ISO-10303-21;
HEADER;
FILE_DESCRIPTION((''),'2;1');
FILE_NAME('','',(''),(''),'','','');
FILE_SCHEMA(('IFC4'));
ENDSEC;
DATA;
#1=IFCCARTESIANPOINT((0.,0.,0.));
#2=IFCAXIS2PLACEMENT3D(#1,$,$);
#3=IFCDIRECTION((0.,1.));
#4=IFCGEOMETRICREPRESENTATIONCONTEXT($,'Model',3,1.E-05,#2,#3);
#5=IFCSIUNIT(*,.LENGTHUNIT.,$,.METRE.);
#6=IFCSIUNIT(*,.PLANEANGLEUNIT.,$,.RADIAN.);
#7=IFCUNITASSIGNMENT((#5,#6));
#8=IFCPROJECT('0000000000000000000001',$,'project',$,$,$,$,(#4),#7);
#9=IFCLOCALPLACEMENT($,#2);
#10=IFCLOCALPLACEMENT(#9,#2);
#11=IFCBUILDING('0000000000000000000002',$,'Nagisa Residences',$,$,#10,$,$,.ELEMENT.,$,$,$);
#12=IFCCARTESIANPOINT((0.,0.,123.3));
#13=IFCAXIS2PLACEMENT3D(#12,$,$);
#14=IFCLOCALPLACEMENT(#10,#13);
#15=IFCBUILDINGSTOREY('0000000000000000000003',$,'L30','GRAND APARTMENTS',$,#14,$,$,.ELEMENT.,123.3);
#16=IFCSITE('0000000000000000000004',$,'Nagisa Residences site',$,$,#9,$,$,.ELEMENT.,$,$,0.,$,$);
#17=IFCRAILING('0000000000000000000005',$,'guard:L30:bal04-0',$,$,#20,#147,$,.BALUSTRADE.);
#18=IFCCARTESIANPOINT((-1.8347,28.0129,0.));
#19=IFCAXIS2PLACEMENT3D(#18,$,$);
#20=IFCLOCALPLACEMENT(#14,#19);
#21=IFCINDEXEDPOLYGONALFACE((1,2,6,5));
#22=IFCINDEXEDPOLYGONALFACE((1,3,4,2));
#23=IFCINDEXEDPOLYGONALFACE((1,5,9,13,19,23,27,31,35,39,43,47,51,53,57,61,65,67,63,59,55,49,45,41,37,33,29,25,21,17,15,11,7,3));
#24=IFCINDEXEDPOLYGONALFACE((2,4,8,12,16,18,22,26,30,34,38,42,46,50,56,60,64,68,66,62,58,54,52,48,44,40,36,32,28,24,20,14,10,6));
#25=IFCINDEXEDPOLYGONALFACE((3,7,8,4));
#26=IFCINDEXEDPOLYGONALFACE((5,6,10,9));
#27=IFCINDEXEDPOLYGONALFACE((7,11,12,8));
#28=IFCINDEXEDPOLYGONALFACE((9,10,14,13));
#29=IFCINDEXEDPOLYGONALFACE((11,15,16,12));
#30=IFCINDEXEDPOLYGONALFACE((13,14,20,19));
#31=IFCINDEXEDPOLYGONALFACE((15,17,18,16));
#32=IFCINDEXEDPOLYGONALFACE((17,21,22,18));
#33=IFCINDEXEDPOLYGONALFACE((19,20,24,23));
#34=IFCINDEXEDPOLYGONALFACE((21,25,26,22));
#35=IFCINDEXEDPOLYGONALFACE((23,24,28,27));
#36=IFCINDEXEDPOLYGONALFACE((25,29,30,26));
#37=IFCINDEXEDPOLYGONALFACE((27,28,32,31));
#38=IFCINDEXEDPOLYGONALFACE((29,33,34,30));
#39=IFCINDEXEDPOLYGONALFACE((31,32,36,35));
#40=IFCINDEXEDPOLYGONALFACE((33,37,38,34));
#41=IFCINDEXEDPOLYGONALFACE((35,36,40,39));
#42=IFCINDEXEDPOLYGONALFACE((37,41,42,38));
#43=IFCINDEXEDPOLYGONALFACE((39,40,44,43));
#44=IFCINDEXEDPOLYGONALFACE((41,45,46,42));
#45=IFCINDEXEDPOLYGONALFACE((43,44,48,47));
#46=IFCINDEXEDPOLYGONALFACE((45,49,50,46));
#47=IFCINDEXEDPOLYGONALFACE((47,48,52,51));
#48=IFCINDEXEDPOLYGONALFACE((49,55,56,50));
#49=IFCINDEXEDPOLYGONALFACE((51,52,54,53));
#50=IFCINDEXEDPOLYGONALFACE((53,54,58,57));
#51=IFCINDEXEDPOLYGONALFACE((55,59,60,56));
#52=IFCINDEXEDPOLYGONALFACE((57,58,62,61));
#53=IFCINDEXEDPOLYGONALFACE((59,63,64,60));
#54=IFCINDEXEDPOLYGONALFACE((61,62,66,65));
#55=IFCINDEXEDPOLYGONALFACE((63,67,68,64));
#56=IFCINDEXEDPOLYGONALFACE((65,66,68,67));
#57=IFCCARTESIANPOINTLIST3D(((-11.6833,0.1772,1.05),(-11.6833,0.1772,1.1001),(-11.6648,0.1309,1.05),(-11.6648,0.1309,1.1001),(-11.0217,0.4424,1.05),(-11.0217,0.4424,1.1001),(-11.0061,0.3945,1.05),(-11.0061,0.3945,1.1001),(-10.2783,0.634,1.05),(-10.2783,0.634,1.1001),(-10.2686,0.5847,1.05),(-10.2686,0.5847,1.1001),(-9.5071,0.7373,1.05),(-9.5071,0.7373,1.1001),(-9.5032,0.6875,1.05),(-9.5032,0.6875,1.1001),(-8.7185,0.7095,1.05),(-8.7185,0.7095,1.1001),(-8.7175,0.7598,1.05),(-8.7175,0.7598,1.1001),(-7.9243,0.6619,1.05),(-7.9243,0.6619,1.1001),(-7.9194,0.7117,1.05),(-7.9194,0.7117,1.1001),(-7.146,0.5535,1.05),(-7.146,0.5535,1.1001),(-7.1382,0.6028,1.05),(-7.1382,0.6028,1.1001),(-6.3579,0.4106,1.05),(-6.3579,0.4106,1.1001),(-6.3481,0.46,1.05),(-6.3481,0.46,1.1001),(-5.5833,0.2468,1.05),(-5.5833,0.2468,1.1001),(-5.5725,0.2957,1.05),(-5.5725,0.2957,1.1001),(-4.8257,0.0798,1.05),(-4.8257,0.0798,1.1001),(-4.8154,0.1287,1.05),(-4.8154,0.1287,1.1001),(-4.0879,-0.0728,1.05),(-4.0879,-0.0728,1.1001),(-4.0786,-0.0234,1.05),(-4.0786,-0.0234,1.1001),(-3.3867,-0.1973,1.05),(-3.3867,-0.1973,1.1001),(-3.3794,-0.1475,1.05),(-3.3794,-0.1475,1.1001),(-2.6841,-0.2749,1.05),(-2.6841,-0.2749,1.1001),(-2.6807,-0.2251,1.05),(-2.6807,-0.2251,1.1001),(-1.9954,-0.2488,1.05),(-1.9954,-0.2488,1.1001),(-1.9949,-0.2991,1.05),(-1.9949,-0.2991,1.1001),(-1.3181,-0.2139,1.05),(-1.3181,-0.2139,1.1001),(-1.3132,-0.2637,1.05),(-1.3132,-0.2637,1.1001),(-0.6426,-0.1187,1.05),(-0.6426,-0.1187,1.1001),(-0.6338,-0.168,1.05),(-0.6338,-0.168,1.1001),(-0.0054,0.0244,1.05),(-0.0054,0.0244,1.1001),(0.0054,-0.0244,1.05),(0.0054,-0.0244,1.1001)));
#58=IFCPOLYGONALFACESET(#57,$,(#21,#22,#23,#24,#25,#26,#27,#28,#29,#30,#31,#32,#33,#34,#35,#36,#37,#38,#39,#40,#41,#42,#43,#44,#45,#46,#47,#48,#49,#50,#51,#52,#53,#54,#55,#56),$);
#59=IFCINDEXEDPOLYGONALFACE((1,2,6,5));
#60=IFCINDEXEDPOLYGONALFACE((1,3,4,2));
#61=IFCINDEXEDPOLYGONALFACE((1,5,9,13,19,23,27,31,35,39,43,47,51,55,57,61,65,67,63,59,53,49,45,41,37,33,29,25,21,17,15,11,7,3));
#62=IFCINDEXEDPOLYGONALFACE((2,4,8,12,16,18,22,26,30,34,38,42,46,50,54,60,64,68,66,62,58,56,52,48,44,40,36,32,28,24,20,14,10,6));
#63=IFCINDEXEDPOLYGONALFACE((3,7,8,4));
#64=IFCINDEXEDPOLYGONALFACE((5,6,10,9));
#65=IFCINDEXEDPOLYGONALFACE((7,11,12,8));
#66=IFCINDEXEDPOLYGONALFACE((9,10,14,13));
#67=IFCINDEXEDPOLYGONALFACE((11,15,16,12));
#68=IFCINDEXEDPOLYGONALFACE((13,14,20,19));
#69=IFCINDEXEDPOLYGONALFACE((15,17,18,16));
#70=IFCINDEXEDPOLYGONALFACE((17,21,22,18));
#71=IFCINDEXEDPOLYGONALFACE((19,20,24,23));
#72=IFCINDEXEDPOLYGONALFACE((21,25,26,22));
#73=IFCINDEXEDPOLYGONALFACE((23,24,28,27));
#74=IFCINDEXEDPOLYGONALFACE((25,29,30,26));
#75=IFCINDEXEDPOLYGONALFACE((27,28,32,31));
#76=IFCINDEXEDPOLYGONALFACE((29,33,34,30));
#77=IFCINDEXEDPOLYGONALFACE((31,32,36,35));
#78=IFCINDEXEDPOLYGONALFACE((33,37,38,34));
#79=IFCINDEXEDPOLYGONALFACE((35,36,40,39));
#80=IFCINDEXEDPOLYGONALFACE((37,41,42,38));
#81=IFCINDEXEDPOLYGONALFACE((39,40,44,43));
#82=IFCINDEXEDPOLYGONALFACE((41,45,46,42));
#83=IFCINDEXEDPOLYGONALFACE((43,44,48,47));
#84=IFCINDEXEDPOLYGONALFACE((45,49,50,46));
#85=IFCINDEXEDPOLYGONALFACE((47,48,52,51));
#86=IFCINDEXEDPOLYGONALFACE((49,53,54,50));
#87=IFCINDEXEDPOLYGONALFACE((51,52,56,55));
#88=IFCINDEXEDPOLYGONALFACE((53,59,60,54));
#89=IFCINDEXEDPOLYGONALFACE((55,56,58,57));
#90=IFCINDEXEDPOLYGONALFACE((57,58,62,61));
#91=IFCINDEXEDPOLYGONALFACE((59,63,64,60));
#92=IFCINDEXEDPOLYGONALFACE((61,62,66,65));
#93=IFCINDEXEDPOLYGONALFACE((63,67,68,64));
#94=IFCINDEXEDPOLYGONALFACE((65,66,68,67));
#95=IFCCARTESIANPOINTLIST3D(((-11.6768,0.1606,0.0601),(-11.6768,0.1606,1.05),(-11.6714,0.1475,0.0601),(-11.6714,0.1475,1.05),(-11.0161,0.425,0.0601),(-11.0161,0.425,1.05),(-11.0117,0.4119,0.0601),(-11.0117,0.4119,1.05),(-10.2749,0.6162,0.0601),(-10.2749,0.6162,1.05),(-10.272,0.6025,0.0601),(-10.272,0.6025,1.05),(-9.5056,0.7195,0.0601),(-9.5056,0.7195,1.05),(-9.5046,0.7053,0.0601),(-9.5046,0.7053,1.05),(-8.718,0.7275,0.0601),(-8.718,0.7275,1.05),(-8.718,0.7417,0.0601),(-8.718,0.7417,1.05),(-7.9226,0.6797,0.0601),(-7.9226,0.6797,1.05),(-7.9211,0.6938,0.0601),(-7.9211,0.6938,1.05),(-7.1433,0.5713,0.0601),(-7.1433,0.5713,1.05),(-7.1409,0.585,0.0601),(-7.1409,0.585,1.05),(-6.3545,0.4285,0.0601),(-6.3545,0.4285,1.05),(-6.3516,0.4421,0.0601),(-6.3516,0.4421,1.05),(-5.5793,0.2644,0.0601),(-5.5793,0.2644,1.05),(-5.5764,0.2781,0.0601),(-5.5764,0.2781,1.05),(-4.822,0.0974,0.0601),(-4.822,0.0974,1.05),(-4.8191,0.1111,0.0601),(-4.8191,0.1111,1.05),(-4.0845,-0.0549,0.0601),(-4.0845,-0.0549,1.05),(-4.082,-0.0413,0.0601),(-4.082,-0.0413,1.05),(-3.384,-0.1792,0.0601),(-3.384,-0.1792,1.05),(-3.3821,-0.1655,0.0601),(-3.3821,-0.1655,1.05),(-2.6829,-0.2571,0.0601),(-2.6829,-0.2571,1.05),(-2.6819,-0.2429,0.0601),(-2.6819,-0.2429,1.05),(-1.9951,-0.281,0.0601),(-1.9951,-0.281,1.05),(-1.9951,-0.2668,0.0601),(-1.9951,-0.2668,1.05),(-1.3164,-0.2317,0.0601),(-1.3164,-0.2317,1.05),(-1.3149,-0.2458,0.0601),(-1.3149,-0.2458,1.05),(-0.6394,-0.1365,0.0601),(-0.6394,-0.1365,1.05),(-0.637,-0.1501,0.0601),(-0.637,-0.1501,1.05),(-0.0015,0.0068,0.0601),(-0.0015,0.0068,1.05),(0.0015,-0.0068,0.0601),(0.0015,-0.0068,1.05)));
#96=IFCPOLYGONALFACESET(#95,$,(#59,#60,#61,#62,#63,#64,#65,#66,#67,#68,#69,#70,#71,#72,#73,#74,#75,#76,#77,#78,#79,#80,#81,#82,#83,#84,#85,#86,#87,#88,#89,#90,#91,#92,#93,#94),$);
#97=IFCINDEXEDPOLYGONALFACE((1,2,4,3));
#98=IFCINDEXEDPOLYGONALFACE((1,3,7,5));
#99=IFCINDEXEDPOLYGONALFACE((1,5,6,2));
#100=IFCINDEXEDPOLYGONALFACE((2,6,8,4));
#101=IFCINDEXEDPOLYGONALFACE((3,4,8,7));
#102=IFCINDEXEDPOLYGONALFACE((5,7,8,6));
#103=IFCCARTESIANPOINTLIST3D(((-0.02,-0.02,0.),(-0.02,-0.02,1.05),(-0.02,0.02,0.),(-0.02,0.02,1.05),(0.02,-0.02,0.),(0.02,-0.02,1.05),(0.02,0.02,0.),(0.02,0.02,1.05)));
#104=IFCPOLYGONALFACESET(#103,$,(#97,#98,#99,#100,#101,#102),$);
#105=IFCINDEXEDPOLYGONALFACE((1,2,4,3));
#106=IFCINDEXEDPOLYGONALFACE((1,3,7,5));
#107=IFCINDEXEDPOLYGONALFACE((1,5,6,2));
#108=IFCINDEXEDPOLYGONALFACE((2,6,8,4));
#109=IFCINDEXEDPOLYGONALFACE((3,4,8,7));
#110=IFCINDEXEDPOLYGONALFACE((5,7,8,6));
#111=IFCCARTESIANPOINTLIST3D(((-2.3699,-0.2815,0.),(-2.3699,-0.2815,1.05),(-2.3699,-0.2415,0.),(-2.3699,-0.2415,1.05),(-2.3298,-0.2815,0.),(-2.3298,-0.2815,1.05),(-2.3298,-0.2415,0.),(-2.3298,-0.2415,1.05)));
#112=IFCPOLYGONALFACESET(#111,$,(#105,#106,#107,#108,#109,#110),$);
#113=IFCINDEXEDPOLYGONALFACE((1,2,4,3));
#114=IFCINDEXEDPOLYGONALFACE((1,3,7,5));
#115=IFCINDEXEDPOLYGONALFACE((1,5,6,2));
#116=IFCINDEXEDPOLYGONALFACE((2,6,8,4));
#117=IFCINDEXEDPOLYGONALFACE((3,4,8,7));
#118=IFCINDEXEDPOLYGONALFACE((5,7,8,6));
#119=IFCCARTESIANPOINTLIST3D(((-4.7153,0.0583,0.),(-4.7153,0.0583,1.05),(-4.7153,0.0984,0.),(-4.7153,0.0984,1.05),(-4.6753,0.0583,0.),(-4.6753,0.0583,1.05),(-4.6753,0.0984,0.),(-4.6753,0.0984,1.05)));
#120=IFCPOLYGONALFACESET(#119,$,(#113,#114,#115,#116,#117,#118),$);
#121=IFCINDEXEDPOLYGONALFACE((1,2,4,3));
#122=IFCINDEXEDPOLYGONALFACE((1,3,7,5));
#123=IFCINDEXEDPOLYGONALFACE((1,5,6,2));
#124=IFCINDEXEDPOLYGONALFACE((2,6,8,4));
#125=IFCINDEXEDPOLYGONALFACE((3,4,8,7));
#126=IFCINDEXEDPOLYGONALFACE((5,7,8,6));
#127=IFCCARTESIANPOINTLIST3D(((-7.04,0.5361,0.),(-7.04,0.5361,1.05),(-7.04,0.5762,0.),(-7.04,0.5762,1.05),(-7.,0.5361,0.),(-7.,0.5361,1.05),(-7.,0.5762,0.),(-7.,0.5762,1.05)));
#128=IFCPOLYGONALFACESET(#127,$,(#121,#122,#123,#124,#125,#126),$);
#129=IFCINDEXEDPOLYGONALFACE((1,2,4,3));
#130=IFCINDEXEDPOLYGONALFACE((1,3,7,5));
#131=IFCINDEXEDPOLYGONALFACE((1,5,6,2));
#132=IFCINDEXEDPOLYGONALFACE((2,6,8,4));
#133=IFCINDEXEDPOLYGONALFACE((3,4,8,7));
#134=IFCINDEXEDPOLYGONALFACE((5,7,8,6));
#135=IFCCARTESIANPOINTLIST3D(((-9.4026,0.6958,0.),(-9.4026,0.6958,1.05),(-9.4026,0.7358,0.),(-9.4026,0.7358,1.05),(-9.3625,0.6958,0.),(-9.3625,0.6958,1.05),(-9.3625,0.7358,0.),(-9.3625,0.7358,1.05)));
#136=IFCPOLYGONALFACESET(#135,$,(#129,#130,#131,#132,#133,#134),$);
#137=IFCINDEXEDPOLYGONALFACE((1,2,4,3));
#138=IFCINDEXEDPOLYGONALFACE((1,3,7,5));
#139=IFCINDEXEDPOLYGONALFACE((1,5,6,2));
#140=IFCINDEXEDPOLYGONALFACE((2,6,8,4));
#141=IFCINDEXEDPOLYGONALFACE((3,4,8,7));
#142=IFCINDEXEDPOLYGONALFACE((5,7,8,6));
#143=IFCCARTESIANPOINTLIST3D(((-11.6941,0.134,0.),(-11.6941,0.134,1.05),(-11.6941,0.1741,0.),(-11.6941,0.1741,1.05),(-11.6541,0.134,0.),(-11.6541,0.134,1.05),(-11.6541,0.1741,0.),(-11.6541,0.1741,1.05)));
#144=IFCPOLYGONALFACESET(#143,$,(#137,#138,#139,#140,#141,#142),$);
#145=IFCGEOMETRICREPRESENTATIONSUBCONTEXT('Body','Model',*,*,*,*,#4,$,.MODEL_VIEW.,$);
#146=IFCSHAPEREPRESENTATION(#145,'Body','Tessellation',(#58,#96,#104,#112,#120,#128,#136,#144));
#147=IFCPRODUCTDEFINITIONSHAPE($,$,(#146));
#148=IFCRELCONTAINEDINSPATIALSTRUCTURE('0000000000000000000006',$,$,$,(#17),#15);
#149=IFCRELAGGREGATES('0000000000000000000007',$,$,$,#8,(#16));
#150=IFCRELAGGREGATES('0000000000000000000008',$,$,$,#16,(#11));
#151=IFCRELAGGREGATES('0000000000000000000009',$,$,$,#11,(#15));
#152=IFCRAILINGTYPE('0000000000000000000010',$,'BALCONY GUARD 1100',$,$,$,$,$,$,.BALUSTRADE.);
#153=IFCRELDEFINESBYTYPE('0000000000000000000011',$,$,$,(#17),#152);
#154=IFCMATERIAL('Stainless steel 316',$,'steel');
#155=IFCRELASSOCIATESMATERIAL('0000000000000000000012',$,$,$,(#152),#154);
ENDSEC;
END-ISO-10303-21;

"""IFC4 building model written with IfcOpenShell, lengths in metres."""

from ifc_helpers import new_model, si_unit, direction, frame, origin, origin_2d, place, context, subcontext, project, spatial, polyline, rectangle, outline, extrude, material, type_object, element, save


model = new_model("IFC4")

# Units and contexts
model_context = context("Model", 3, precision=1e-05, world=origin(), true_north=direction((0.0, 1.0)))
body_context = subcontext(model_context, "Body", "Model", "MODEL_VIEW")
ifc_project = project(units=[si_unit("LENGTHUNIT", "METRE"), si_unit("PLANEANGLEUNIT", "RADIAN")], contexts=[model_context])

# Site, building, storey
site_placement = place(None, origin())
site = spatial("IfcSite", under=ifc_project, at=site_placement, Name="Nagisa Residences site", CompositionType="ELEMENT", RefElevation=0.0)
building_placement = place(site_placement, origin())
building = spatial("IfcBuilding", under=site, at=building_placement, Name="Nagisa Residences", CompositionType="ELEMENT")
storey_placement = place(building_placement, frame((0.0, 0.0, 123.3)))
storey = spatial("IfcBuildingStorey", under=building, at=storey_placement, Name="L30", Description="GRAND APARTMENTS", CompositionType="ELEMENT", Elevation=123.3)

# Railing
ifc_material_1 = material(Name="Stainless steel 316", Category="steel")
railing_type = type_object("IfcRailingType", Name="BALCONY GUARD 1100", PredefinedType="BALUSTRADE", material=ifc_material_1)
railing_placement = place(storey_placement, frame((-1.8347, 28.0129, 0.0)))
element("IfcRailing", 1, at=railing_placement, inside=storey, type_object=railing_type, Name="guard:L30:bal04-0", PredefinedType="BALUSTRADE", context=body_context, shape_type="SweptSolid", body=[
    extrude(outline(polyline([(-0.6338, -0.168), (0.0054, -0.0244), (-0.0054, 0.0244), (-0.6426, -0.1187), (-1.3181, -0.2139), (-1.9954, -0.2488), (-2.6807, -0.2251), (-3.3794, -0.1475), (-4.0786, -0.0234), (-4.8154, 0.1287), (-5.5725, 0.2957), (-6.3481, 0.46), (-7.1382, 0.6028), (-7.9194, 0.7117), (-8.7175, 0.7598), (-9.5071, 0.7373), (-10.2783, 0.634), (-11.0217, 0.4424), (-11.6833, 0.1772), (-11.6648, 0.1309), (-11.0061, 0.3945), (-10.2686, 0.5847), (-9.5032, 0.6875), (-8.7185, 0.7095), (-7.9243, 0.6619), (-7.146, 0.5535), (-6.3579, 0.4106), (-5.5833, 0.2468), (-4.8257, 0.0798), (-4.0879, -0.0728), (-3.3867, -0.1973), (-2.6841, -0.2749), (-1.9949, -0.2991), (-1.3132, -0.2637), (-0.6338, -0.168)])), frame((0.0, 0.0, 1.05)), (0.0, 0.0, 1.0), 0.05),
    extrude(outline(polyline([(-0.637, -0.1501), (0.0015, -0.0068), (-0.0015, 0.0068), (-0.6394, -0.1365), (-1.3164, -0.2317), (-1.9951, -0.2668), (-2.6819, -0.2429), (-3.3821, -0.1655), (-4.082, -0.0413), (-4.8191, 0.1111), (-5.5764, 0.2781), (-6.3516, 0.4421), (-7.1409, 0.585), (-7.9211, 0.6938), (-8.718, 0.7417), (-9.5056, 0.7195), (-10.2749, 0.6162), (-11.0161, 0.425), (-11.6768, 0.1606), (-11.6714, 0.1475), (-11.0117, 0.4119), (-10.272, 0.6025), (-9.5046, 0.7053), (-8.718, 0.7275), (-7.9226, 0.6797), (-7.1433, 0.5713), (-6.3545, 0.4285), (-5.5793, 0.2644), (-4.822, 0.0974), (-4.0845, -0.0549), (-3.384, -0.1792), (-2.6829, -0.2571), (-1.9951, -0.281), (-1.3149, -0.2458), (-0.637, -0.1501)])), frame((0.0, 0.0, 0.0601)), (0.0, 0.0, 1.0), 0.99),
    extrude(rectangle(XDim=0.04, YDim=0.04, at=origin_2d()), origin(), (0.0, 0.0, 1.0), 1.05),
    extrude(rectangle(XDim=0.04, YDim=0.04, at=origin_2d()), frame((-2.3499, -0.2615, 0.0)), (0.0, 0.0, 1.0), 1.05),
    extrude(rectangle(XDim=0.04, YDim=0.04, at=origin_2d()), frame((-4.6953, 0.0784, 0.0)), (0.0, 0.0, 1.0), 1.05),
    extrude(rectangle(XDim=0.04, YDim=0.04, at=origin_2d()), frame((-7.02, 0.5562, 0.0)), (0.0, 0.0, 1.0), 1.05),
    extrude(rectangle(XDim=0.04, YDim=0.04, at=origin_2d()), frame((-9.3826, 0.7158, 0.0)), (0.0, 0.0, 1.0), 1.05),
    extrude(rectangle(XDim=0.04, YDim=0.04, at=origin_2d()), frame((-11.6741, 0.1541, 0.0)), (0.0, 0.0, 1.0), 1.05),
])

save(model, "model.ifc")
